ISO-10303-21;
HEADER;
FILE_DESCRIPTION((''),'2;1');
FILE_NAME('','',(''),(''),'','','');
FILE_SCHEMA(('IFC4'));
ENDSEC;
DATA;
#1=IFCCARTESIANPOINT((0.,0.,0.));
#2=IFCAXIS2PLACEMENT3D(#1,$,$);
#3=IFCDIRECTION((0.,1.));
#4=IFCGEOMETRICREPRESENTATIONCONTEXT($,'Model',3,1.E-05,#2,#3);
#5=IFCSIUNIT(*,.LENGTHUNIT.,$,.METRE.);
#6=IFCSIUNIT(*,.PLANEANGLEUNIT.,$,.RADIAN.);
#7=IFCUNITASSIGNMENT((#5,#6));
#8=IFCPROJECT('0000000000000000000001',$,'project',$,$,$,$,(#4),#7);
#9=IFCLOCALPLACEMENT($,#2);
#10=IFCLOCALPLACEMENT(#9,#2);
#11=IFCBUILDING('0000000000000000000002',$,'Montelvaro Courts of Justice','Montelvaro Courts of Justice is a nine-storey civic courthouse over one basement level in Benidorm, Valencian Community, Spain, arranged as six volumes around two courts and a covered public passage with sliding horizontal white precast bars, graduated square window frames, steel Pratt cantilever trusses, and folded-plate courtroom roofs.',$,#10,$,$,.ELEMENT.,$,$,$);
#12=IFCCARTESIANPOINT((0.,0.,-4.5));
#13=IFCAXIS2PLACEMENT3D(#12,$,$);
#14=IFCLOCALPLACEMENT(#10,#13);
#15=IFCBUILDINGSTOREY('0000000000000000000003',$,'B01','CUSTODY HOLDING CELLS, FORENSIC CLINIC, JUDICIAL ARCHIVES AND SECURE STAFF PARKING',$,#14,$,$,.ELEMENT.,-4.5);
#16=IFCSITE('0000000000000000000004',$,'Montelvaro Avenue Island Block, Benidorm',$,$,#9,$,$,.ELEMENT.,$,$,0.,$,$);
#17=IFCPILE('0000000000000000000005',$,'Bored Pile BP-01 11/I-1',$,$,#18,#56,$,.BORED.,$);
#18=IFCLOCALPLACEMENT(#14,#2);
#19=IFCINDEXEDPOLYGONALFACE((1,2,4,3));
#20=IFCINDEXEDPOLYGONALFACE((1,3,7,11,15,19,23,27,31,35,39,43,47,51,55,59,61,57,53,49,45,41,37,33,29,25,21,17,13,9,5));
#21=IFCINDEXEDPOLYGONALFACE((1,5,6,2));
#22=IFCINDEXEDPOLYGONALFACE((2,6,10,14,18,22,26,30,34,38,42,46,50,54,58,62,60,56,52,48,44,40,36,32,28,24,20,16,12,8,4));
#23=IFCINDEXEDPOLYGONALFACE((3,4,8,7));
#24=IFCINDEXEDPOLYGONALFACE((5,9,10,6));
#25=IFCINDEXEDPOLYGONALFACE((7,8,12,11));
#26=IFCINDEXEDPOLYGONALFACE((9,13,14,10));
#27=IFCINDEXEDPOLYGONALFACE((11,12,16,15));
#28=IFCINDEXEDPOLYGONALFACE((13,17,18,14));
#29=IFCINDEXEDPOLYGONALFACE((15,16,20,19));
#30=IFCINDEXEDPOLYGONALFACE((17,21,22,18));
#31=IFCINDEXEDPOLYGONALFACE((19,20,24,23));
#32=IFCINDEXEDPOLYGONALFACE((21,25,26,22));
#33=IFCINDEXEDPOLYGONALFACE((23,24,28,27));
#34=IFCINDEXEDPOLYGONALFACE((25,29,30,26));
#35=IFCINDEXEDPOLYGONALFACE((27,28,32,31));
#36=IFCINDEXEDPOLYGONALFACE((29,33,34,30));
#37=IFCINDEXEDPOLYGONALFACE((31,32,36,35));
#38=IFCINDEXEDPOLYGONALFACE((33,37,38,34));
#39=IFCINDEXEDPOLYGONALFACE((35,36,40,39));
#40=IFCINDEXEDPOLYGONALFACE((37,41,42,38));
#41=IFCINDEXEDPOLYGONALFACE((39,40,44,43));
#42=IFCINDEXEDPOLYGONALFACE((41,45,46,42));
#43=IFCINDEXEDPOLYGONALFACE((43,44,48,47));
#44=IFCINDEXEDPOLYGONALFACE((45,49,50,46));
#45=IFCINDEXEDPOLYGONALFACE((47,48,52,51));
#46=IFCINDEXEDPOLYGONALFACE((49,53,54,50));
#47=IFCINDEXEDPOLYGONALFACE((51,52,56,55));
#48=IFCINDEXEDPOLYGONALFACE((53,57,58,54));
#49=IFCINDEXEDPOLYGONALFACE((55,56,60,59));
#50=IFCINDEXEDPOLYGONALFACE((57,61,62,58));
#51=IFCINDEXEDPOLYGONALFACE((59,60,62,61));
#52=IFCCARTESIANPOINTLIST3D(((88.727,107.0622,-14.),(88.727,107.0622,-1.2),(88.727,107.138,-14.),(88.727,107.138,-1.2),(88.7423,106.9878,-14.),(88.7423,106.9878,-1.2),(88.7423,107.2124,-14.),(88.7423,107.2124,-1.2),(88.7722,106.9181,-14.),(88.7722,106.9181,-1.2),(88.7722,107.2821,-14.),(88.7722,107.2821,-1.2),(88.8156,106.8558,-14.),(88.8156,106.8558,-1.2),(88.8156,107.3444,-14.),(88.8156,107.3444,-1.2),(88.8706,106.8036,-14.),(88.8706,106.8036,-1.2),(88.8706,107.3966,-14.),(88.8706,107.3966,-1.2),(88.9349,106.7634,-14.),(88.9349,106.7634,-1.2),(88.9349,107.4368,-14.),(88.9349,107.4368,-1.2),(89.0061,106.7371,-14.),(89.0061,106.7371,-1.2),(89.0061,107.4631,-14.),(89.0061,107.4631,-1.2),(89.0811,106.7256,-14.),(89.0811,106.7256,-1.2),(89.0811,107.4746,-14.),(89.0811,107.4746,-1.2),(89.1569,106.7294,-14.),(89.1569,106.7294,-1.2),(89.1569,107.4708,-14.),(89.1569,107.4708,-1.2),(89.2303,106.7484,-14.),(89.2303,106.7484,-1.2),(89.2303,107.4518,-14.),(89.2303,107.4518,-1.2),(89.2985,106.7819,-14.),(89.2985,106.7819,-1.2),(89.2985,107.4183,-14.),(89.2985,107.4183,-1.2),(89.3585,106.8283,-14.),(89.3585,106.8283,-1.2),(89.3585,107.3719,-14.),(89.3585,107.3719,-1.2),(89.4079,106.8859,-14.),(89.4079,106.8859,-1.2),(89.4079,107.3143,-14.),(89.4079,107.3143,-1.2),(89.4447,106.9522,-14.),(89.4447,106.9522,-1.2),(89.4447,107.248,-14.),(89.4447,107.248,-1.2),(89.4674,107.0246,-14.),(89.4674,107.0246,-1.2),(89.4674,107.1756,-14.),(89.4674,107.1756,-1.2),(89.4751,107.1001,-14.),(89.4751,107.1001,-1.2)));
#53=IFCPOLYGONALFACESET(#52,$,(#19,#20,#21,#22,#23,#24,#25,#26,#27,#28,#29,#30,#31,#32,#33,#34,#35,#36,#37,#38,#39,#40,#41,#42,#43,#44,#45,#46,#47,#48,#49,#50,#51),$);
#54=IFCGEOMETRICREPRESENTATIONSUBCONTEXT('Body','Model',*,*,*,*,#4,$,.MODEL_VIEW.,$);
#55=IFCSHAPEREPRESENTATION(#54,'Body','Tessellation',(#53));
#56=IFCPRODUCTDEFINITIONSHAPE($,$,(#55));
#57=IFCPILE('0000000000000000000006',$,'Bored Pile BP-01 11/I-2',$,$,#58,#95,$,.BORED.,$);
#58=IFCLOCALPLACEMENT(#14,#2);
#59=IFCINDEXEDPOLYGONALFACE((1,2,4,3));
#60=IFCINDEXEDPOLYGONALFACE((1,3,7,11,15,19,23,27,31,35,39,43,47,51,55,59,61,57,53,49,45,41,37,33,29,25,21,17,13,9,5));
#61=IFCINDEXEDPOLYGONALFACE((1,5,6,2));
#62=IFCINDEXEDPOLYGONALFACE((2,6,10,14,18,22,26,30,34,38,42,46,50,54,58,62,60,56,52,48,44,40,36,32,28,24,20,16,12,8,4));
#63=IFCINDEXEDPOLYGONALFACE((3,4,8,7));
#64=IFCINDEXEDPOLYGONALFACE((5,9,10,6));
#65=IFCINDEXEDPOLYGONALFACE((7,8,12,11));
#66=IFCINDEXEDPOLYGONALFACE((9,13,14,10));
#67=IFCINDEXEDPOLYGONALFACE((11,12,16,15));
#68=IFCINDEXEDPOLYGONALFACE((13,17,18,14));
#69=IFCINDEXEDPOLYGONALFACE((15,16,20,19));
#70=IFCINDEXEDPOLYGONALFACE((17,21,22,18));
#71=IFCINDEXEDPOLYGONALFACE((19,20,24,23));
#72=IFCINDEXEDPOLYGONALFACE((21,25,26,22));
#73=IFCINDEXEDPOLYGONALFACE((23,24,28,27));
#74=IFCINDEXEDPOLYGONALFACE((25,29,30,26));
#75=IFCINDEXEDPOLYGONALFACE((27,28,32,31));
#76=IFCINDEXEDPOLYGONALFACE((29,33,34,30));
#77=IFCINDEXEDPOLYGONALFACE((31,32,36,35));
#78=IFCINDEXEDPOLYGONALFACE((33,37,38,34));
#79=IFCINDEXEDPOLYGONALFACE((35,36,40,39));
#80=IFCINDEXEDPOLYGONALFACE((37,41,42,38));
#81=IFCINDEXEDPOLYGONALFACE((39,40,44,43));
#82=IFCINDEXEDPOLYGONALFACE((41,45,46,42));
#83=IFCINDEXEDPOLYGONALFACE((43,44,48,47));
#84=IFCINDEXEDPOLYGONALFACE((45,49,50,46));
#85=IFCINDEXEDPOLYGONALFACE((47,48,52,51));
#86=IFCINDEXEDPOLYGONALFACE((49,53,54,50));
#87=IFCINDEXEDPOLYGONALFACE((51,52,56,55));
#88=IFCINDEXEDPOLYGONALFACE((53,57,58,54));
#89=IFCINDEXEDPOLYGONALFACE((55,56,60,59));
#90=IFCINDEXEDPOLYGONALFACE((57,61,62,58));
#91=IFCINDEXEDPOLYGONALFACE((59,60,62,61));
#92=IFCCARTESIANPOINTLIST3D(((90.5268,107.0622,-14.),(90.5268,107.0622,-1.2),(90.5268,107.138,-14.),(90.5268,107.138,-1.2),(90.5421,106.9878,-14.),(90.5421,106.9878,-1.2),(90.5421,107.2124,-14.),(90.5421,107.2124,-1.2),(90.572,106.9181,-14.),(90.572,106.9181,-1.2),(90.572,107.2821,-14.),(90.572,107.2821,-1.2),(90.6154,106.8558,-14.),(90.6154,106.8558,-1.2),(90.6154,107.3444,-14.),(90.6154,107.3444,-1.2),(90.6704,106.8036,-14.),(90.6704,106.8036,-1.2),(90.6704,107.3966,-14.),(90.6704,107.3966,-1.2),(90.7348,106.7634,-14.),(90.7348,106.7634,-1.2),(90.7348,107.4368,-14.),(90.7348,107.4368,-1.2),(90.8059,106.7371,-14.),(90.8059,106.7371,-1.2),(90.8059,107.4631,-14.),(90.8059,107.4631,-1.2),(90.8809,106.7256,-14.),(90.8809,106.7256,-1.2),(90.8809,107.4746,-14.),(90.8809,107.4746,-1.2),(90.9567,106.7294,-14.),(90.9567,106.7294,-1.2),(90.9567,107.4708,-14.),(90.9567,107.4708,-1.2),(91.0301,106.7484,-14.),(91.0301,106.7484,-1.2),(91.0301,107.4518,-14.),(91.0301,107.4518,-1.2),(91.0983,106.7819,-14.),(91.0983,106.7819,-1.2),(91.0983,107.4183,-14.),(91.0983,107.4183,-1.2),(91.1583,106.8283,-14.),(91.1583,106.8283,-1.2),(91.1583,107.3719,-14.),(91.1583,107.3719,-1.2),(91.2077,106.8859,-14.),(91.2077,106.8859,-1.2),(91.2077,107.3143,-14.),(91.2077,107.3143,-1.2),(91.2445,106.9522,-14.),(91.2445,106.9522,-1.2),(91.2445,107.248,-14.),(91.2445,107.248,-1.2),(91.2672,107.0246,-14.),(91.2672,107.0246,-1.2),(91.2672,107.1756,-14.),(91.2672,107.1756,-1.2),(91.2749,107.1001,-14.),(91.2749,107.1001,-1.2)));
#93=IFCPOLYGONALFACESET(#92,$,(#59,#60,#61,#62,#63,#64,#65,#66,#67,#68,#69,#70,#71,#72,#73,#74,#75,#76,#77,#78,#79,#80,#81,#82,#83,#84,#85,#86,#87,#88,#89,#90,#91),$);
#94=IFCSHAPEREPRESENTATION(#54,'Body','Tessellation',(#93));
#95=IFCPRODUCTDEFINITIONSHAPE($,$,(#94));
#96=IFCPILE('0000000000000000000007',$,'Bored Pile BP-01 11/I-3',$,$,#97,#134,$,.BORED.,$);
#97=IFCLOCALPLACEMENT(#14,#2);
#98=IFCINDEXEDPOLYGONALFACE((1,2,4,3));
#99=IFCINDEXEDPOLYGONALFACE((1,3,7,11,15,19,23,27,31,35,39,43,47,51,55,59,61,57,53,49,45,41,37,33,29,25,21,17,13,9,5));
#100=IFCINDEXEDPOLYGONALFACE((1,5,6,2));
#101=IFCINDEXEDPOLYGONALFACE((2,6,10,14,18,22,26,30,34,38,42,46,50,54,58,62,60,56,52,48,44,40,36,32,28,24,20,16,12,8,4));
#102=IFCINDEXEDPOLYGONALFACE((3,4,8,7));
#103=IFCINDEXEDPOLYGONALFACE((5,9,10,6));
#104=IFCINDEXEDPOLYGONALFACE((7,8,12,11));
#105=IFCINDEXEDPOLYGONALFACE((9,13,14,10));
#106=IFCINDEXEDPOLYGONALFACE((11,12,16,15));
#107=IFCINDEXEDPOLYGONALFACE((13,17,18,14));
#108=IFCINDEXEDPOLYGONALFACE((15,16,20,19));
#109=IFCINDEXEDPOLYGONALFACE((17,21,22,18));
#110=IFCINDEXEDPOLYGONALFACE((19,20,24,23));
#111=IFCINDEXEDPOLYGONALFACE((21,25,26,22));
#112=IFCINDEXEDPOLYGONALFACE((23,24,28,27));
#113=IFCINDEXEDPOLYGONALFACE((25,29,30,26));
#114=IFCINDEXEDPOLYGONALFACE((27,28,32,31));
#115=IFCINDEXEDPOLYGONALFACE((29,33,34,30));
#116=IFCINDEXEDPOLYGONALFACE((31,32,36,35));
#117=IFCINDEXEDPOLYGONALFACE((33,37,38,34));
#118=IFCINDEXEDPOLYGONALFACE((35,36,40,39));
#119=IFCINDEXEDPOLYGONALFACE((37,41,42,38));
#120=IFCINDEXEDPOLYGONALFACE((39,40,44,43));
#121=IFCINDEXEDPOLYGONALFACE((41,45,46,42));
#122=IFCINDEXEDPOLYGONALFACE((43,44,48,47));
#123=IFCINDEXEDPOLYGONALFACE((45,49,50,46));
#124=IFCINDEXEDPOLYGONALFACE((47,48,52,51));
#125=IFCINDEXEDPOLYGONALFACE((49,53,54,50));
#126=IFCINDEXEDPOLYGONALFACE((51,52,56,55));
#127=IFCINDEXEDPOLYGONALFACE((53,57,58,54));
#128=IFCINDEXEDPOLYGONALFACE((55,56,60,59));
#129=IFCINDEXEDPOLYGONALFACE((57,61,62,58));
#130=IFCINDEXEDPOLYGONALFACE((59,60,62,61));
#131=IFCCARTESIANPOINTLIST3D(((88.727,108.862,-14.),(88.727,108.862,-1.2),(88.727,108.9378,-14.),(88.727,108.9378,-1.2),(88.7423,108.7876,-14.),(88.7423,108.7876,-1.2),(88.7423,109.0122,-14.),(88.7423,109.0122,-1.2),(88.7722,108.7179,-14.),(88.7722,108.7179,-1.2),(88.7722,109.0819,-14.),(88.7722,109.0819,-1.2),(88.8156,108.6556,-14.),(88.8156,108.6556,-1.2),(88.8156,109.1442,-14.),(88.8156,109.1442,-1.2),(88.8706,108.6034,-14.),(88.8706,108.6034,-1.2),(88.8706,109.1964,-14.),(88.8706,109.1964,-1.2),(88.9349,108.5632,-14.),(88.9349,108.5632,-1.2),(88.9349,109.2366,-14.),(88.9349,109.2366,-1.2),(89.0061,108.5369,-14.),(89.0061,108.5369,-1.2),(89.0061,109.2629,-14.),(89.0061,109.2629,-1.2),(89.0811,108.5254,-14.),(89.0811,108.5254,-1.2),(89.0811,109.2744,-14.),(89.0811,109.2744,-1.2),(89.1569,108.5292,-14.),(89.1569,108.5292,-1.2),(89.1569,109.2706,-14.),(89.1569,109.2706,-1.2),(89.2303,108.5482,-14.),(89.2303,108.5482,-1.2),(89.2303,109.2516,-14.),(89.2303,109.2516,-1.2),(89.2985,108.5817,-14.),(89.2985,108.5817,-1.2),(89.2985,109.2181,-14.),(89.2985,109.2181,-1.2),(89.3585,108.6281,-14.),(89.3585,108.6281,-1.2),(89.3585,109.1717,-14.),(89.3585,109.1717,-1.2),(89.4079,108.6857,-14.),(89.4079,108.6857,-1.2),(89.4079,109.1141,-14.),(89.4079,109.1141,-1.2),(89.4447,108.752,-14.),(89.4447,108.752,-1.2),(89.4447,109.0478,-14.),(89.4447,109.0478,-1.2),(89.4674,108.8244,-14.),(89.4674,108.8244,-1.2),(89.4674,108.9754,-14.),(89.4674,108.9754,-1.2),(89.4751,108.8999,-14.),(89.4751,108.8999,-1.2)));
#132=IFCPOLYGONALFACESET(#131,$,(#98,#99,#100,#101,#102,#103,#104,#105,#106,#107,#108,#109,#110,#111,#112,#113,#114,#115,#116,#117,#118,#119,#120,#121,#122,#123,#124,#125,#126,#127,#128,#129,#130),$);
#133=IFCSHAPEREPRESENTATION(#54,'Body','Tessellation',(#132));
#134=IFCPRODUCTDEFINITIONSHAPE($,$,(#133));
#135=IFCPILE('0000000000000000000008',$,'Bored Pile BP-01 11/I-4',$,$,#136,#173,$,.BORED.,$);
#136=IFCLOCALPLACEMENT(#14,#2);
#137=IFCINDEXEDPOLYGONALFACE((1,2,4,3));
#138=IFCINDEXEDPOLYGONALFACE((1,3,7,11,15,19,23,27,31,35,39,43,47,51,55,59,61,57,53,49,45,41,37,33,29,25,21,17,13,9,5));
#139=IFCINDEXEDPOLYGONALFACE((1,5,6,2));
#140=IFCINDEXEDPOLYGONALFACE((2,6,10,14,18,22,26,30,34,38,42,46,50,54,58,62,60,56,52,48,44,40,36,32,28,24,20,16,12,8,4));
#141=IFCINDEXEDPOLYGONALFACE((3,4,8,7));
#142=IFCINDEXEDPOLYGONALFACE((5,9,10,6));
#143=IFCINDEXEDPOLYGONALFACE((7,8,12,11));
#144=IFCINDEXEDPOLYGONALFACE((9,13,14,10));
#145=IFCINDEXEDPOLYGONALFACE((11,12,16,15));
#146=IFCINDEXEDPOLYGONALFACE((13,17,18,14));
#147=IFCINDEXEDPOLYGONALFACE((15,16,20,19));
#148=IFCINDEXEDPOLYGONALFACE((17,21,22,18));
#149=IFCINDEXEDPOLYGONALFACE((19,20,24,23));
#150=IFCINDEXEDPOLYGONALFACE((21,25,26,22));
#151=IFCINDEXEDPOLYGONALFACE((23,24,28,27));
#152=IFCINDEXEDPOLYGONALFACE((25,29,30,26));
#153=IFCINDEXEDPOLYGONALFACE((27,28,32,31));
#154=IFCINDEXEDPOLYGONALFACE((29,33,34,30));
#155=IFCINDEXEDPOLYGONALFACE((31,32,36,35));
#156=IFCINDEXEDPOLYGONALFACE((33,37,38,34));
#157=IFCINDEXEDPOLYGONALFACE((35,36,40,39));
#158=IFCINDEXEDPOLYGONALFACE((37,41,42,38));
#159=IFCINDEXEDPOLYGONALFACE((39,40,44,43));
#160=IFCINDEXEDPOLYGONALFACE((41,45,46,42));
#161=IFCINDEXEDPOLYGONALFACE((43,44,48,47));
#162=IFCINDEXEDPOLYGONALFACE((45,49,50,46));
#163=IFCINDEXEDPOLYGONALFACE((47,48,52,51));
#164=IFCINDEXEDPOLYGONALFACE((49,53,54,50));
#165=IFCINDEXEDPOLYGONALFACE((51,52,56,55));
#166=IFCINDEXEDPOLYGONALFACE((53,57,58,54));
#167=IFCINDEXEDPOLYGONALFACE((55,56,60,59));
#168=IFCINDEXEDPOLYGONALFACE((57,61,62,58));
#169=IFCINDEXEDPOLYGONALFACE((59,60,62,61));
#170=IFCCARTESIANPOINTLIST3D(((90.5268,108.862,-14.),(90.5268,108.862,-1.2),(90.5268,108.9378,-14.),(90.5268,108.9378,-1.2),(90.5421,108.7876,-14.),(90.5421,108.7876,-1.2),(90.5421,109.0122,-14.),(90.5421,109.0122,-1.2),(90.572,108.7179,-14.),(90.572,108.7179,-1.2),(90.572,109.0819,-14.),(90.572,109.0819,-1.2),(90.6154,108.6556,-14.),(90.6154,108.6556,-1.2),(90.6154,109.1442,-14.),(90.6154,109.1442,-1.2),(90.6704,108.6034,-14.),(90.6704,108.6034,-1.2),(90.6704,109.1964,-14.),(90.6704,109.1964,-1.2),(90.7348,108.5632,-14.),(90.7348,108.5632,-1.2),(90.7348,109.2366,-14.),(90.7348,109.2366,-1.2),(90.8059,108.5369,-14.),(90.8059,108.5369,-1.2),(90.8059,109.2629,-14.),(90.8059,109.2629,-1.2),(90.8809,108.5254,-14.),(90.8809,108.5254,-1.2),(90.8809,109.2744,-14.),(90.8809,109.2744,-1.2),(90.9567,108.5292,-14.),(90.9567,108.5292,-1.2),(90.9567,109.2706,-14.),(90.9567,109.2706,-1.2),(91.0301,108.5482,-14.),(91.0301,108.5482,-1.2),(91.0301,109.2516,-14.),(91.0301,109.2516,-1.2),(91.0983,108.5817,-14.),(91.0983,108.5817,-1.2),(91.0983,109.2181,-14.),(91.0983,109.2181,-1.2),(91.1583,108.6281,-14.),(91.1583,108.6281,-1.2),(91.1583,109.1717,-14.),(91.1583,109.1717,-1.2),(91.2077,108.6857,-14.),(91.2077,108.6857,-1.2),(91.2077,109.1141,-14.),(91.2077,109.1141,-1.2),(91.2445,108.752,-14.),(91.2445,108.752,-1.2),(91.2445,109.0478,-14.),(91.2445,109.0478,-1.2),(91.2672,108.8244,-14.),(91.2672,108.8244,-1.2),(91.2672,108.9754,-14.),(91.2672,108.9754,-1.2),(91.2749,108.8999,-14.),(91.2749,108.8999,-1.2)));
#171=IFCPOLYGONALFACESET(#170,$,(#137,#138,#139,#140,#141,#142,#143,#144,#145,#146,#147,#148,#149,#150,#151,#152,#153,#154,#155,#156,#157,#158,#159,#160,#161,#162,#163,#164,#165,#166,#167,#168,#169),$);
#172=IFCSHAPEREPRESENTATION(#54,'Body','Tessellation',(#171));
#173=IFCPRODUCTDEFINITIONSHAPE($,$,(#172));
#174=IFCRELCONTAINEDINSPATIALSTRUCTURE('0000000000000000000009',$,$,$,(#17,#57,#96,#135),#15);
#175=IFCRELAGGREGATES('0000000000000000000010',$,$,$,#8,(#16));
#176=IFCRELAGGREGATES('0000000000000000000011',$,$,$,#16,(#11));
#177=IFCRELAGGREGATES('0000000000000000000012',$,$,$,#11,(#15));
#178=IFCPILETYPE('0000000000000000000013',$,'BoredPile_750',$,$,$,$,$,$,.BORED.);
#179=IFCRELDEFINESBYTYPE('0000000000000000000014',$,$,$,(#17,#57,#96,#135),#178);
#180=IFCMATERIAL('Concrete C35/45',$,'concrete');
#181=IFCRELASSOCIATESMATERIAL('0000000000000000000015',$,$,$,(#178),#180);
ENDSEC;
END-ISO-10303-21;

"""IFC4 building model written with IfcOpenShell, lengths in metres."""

from ifc_helpers import new_model, si_unit, direction, frame, origin, origin_2d, place, context, subcontext, project, spatial, circle, extrude, material, material_profile, profile_set, type_object, element, save


model = new_model("IFC4")

# Units and contexts
model_context = context("Model", 3, precision=1e-05, world=origin(), true_north=direction((0.0, 1.0)))
body_context = subcontext(model_context, "Body", "Model", "MODEL_VIEW")
ifc_project = project(units=[si_unit("LENGTHUNIT", "METRE"), si_unit("PLANEANGLEUNIT", "RADIAN")], contexts=[model_context])

# Site, building, storey
site_placement = place(None, origin())
site = spatial("IfcSite", under=ifc_project, at=site_placement, Name="Montelvaro Avenue Island Block, Benidorm", CompositionType="ELEMENT", RefElevation=0.0)
building_placement = place(site_placement, origin())
building = spatial("IfcBuilding", under=site, at=building_placement, Name="Montelvaro Courts of Justice", Description="Montelvaro Courts of Justice is a nine-storey civic courthouse over one basement level in Benidorm, Valencian Community, Spain, arranged as six volumes around two courts and a covered public passage with sliding horizontal white precast bars, graduated square window frames, steel Pratt cantilever trusses, and folded-plate courtroom roofs.", CompositionType="ELEMENT")
storey_placement = place(building_placement, frame((0.0, 0.0, -4.5)))
storey = spatial("IfcBuildingStorey", under=building, at=storey_placement, Name="B01", Description="CUSTODY HOLDING CELLS, FORENSIC CLINIC, JUDICIAL ARCHIVES AND SECURE STAFF PARKING", CompositionType="ELEMENT", Elevation=-4.5)

# Piles
ifc_material_1 = material(Name="Concrete C35/45", Category="concrete")
ifc_material_profile_1 = material_profile(ifc_material_1, circle(Radius=0.375, at=origin_2d()), Name="BORED PILE D750")
ifc_profile_set_1 = profile_set([ifc_material_profile_1], Name="Concrete C35/45")
pile_type_1 = type_object("IfcPileType", Name="BoredPile_750", PredefinedType="BORED", material=ifc_profile_set_1)
for number, where, z_axis, x_axis, name in (
    (1, (89.1001, 107.1001, -1.2), (0.0, 0.0, -1.0), (1.0, 0.0, 0.0), "Bored Pile BP-01 11/I-1"),
    (2, (90.8999, 107.1001, -1.2), (0.0, 0.0, -1.0), (1.0, 0.0, 0.0), "Bored Pile BP-01 11/I-2"),
    (3, (89.1001, 108.8999, -1.2), (0.0, 0.0, -1.0), (1.0, 0.0, 0.0), "Bored Pile BP-01 11/I-3"),
    (4, (90.8999, 108.8999, -1.2), (0.0, 0.0, -1.0), (1.0, 0.0, 0.0), "Bored Pile BP-01 11/I-4"),
):
    element("IfcPile", number, at=place(storey_placement, frame(where, z_axis=z_axis, x_axis=x_axis)), inside=storey, type_object=pile_type_1, Name=name, PredefinedType="BORED", context=body_context, shape_type="SweptSolid", body=[
        extrude(circle(Radius=0.375, at=origin_2d()), origin(), (0.0, 0.0, 1.0), 12.8),
    ])

save(model, "model.ifc")
